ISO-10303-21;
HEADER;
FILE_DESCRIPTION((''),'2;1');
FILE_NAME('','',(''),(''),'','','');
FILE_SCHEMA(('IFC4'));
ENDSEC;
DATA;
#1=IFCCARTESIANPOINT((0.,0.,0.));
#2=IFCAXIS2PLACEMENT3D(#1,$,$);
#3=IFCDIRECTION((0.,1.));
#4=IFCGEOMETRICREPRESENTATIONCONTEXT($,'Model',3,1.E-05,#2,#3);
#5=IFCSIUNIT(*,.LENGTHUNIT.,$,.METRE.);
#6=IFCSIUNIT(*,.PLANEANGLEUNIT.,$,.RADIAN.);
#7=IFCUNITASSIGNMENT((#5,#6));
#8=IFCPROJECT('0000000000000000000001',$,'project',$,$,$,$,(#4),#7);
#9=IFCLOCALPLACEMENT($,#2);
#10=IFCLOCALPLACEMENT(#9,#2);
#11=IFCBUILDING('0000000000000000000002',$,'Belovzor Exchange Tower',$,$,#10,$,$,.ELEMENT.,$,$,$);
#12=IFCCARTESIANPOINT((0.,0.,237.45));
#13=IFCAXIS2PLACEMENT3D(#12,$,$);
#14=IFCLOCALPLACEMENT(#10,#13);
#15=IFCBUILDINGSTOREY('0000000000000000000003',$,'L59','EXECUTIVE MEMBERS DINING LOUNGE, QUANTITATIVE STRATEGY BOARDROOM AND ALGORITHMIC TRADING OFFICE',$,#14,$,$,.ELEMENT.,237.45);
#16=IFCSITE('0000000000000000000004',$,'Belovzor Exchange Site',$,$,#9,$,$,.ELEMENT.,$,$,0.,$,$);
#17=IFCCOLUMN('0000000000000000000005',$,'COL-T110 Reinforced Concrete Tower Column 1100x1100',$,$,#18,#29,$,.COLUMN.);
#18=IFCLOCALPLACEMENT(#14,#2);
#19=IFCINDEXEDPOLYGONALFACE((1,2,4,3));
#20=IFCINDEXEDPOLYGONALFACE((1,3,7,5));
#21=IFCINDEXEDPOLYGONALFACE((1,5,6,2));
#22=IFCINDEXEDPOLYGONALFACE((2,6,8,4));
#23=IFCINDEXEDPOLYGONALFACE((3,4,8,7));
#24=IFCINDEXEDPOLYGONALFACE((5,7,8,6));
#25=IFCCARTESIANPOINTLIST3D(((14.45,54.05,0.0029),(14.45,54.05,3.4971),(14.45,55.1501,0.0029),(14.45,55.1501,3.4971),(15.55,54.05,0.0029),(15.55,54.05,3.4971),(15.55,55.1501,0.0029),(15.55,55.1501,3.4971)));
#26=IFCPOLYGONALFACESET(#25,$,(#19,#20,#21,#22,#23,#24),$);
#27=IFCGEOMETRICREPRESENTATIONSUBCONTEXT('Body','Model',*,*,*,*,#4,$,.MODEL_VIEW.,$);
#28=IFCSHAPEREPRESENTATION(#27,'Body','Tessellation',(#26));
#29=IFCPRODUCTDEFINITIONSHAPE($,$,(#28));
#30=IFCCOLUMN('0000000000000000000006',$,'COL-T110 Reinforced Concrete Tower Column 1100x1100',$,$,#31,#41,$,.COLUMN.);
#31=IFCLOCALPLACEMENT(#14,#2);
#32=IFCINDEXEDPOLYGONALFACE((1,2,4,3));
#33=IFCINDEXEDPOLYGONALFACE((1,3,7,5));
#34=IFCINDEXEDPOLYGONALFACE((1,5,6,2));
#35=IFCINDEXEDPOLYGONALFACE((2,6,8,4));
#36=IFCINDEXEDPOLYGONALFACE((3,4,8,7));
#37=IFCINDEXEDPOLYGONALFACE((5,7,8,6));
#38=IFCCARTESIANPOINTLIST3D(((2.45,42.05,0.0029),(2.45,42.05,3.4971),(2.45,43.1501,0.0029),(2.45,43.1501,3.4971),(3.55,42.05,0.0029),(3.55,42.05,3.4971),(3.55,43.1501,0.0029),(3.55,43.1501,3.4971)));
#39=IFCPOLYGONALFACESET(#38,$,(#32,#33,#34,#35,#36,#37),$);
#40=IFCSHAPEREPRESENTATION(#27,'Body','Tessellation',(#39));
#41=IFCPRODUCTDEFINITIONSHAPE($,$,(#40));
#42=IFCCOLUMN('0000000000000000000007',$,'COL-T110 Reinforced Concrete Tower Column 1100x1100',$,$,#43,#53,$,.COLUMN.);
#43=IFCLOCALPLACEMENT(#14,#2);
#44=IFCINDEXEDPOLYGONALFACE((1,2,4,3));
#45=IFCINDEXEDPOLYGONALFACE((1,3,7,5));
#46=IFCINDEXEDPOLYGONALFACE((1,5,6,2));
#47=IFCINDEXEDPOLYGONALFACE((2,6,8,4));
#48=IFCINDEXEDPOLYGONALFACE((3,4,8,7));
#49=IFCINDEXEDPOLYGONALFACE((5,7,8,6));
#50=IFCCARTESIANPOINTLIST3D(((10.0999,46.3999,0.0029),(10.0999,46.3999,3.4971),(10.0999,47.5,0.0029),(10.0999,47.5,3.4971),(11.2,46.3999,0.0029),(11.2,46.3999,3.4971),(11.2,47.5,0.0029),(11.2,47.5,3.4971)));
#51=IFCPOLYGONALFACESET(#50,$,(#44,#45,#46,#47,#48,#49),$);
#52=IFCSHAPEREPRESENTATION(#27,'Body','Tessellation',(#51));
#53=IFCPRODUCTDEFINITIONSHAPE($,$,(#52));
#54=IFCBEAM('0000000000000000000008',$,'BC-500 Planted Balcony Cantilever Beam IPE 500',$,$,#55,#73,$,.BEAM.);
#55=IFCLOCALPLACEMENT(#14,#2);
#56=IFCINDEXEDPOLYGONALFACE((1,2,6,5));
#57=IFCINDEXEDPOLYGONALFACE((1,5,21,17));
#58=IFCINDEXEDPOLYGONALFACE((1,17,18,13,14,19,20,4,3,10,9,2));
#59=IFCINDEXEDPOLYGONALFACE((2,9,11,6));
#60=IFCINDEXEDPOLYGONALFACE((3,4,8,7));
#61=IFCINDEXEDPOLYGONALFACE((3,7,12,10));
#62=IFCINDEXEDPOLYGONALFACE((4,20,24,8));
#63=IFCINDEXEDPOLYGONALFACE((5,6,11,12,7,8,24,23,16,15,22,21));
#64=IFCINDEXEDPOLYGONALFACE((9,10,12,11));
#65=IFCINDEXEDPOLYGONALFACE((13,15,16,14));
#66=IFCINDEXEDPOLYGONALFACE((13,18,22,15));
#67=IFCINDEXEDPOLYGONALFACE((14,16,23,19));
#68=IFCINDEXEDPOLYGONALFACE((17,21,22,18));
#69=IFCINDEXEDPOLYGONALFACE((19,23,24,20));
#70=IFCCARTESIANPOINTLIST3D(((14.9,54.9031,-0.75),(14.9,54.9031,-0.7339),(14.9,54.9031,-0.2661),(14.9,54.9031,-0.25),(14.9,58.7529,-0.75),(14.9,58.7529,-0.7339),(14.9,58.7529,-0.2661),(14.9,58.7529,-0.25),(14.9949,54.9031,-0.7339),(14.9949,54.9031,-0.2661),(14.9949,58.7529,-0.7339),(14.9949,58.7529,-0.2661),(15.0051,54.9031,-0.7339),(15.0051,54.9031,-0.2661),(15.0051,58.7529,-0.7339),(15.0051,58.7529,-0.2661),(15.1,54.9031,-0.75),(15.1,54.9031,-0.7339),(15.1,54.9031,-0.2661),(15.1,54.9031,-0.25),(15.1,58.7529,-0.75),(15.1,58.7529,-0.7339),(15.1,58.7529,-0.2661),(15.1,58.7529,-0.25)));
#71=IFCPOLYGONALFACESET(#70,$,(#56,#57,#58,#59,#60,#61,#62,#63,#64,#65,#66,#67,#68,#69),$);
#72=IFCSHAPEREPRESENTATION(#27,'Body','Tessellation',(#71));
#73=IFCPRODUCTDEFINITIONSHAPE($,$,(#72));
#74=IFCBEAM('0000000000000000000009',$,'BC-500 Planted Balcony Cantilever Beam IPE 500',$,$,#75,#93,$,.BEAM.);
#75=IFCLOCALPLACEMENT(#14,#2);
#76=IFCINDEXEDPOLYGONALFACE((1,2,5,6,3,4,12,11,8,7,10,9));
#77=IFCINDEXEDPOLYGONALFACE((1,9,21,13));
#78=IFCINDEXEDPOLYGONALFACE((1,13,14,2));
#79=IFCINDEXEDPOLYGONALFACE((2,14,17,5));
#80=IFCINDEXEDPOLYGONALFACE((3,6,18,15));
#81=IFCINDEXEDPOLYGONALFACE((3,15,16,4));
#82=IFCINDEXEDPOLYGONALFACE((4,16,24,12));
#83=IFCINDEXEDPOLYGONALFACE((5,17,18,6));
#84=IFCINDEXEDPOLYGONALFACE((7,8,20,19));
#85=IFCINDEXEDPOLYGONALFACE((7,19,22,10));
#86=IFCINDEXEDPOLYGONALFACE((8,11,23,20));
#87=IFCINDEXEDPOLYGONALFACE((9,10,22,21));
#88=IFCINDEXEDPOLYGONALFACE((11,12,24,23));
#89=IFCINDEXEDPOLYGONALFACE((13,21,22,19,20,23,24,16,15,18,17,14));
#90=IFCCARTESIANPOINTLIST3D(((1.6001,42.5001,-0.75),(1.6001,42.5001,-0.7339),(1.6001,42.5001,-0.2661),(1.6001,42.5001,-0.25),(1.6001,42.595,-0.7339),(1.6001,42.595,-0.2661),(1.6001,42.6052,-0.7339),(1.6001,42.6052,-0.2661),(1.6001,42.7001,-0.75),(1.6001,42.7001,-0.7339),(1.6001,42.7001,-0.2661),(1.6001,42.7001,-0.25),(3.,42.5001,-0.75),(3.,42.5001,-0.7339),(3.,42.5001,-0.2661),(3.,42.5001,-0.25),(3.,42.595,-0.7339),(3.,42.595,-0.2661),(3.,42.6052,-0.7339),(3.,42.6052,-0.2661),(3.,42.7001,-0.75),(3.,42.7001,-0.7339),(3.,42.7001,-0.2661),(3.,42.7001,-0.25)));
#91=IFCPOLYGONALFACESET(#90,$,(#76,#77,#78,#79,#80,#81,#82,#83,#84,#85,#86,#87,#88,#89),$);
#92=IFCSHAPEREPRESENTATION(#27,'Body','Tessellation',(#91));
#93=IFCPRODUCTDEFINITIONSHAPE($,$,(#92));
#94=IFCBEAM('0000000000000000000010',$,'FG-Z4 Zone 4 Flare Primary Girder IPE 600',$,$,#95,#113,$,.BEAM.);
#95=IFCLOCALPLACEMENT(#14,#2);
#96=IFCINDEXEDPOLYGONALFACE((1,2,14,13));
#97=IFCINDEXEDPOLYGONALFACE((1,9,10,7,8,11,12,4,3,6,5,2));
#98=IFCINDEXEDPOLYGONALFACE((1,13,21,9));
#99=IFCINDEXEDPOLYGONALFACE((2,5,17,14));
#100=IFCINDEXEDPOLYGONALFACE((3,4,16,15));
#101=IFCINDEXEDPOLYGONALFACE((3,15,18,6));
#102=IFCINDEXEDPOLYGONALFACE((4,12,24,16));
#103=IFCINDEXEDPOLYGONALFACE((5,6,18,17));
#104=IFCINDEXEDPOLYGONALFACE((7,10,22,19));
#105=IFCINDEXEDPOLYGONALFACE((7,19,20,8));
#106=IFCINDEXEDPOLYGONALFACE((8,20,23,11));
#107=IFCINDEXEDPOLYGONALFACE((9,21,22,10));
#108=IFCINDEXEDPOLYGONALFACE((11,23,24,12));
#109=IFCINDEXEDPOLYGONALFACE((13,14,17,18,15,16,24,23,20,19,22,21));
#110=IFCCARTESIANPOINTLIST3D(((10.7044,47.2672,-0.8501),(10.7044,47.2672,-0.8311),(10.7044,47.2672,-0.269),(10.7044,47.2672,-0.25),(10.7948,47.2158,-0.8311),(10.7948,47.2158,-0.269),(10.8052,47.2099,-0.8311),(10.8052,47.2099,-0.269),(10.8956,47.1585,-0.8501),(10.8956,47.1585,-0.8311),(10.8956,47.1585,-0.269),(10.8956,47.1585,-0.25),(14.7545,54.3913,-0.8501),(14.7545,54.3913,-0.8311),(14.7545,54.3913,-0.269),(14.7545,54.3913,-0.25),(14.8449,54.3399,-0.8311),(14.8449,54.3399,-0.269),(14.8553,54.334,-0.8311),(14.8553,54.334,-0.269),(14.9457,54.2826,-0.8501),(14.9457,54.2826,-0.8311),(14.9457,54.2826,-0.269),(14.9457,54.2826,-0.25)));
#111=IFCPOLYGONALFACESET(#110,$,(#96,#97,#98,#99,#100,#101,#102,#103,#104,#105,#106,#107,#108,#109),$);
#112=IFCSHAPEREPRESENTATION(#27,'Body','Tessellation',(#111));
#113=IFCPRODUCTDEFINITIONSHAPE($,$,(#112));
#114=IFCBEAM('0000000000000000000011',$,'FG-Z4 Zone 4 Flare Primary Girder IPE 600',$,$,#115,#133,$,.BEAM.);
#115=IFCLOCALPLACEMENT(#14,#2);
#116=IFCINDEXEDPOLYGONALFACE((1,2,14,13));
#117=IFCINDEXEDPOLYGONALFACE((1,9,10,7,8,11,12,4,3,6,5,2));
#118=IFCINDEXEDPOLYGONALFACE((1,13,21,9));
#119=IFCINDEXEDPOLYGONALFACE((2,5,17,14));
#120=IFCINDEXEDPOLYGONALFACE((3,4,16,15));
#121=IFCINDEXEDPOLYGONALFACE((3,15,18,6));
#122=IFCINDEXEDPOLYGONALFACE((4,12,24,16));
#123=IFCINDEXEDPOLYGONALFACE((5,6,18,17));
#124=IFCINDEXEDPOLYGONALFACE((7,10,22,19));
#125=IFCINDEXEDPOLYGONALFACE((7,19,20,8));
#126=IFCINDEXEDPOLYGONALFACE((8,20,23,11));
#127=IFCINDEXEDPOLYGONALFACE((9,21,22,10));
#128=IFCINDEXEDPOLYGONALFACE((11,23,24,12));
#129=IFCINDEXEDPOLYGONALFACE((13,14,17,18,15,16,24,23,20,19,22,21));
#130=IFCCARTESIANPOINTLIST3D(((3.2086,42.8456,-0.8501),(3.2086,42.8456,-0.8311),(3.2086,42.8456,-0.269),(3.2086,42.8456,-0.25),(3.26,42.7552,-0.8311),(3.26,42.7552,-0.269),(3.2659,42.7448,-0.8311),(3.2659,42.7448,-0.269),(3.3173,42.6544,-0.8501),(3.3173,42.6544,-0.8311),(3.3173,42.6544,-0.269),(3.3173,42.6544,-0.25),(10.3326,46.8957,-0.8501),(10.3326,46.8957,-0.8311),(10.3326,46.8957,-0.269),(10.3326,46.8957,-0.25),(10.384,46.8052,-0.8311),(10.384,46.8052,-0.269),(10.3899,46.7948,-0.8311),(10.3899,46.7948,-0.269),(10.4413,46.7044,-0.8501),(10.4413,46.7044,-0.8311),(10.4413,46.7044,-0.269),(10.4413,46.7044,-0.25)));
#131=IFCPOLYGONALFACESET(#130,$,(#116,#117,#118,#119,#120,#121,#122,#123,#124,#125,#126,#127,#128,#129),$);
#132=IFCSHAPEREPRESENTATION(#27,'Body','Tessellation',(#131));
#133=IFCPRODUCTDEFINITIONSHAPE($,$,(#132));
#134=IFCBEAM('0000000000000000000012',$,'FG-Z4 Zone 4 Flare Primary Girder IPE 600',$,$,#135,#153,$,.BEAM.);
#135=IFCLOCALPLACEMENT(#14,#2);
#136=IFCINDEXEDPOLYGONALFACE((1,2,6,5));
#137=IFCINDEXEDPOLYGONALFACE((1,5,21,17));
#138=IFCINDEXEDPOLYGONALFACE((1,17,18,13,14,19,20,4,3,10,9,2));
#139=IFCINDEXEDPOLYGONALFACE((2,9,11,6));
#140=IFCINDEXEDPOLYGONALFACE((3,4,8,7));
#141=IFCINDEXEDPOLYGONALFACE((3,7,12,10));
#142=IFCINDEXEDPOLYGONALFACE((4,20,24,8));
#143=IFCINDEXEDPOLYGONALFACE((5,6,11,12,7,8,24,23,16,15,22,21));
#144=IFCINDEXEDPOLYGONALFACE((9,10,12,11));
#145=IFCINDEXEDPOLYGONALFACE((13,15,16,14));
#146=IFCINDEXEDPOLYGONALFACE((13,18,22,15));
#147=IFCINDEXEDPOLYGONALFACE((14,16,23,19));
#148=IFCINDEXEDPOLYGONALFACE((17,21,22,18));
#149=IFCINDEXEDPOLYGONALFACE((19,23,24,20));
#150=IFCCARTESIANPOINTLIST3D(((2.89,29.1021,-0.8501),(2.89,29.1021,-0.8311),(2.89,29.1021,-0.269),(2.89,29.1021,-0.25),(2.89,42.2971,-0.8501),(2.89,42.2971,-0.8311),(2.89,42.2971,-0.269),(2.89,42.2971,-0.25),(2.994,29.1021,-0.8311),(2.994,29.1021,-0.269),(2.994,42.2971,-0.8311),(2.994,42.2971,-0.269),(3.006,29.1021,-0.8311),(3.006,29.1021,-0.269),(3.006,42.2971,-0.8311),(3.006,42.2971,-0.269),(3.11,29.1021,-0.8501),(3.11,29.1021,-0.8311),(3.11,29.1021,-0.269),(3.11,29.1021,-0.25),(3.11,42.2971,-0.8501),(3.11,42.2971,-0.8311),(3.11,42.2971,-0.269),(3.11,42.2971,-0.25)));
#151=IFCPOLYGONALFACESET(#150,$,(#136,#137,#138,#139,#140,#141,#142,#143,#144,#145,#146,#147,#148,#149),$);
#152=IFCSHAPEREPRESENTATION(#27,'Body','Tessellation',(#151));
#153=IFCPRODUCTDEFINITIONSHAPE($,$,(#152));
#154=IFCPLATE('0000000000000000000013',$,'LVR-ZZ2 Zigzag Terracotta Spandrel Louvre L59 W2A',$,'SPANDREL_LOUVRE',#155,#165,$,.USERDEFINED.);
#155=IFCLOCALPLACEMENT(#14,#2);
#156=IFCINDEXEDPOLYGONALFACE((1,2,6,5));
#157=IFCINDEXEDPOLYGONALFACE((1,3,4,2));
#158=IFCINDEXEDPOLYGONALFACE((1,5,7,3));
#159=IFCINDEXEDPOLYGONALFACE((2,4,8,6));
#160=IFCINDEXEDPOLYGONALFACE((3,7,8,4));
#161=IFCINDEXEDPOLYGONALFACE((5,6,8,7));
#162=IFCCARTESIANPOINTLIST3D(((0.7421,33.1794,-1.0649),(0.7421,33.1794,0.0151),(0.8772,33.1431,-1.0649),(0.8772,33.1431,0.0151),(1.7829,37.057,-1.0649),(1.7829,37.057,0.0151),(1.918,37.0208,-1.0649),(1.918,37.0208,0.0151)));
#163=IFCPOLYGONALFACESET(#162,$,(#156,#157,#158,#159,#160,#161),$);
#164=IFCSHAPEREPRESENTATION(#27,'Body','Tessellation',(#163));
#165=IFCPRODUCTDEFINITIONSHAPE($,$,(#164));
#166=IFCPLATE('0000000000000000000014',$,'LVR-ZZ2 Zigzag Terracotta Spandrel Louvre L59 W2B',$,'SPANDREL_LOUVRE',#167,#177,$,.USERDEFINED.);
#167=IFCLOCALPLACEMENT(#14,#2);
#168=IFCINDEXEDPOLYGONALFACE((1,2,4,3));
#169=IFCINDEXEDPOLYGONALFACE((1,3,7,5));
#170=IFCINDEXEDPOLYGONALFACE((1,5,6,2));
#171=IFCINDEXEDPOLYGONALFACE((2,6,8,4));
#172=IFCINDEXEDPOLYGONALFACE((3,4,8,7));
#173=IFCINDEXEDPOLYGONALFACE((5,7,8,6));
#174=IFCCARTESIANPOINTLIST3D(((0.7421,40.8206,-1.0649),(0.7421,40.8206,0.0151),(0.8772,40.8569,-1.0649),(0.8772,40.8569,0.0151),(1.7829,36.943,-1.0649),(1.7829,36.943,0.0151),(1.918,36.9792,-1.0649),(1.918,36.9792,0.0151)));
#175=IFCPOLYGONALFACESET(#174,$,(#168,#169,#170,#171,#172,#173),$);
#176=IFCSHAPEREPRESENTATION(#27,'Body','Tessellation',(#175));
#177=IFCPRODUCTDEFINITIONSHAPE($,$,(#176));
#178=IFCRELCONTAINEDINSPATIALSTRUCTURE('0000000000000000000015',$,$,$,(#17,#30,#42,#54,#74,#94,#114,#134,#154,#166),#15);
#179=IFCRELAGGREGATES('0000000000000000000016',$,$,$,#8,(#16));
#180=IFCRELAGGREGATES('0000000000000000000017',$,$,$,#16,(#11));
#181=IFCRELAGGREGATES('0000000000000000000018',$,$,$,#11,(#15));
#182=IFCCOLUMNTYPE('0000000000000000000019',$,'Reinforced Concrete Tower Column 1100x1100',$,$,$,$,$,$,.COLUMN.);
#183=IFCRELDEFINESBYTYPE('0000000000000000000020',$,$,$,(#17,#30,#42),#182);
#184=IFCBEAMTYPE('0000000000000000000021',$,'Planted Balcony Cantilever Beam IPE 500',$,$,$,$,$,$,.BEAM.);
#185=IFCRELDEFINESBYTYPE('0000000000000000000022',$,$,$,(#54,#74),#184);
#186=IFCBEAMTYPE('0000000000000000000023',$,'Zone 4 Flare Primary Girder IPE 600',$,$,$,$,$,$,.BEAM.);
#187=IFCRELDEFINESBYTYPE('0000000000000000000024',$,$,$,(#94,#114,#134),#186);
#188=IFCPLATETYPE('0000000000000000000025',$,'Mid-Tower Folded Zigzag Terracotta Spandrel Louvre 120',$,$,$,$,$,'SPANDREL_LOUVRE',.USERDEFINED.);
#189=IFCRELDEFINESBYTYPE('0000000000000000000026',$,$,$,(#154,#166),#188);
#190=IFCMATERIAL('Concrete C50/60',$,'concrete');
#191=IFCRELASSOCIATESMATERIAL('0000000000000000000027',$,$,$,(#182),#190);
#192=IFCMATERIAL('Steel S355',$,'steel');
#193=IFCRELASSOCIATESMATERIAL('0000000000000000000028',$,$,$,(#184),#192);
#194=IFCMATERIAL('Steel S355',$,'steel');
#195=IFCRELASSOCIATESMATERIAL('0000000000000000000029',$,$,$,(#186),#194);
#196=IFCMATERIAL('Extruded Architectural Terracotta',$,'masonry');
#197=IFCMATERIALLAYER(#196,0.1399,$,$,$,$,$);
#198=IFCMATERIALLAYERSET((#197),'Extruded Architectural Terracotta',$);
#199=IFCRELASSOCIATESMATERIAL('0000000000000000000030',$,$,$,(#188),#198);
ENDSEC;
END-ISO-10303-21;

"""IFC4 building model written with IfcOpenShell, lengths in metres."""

from ifc_helpers import new_model, si_unit, direction, frame, origin, origin_2d, place, context, subcontext, project, spatial, rectangle, i_section, extrude, material, layer, layer_set, material_profile, profile_set, type_object, element, save


model = new_model("IFC4")

# Units and contexts
model_context = context("Model", 3, precision=1e-05, world=origin(), true_north=direction((0.0, 1.0)))
body_context = subcontext(model_context, "Body", "Model", "MODEL_VIEW")
ifc_project = project(units=[si_unit("LENGTHUNIT", "METRE"), si_unit("PLANEANGLEUNIT", "RADIAN")], contexts=[model_context])

# Site, building, storey
site_placement = place(None, origin())
site = spatial("IfcSite", under=ifc_project, at=site_placement, Name="Belovzor Exchange Site", CompositionType="ELEMENT", RefElevation=0.0)
building_placement = place(site_placement, origin())
building = spatial("IfcBuilding", under=site, at=building_placement, Name="Belovzor Exchange Tower", CompositionType="ELEMENT")
storey_placement = place(building_placement, frame((0.0, 0.0, 237.45)))
storey = spatial("IfcBuildingStorey", under=building, at=storey_placement, Name="L59", Description="EXECUTIVE MEMBERS DINING LOUNGE, QUANTITATIVE STRATEGY BOARDROOM AND ALGORITHMIC TRADING OFFICE", CompositionType="ELEMENT", Elevation=237.45)

# Columns
ifc_material_1 = material(Name="Concrete C50/60", Category="concrete")
ifc_material_profile_1 = material_profile(ifc_material_1, rectangle(XDim=1.1001, YDim=1.1001, at=origin_2d()))
ifc_profile_set_1 = profile_set([ifc_material_profile_1], Name="Concrete C50/60")
column_type = type_object("IfcColumnType", Name="Reinforced Concrete Tower Column 1100x1100", PredefinedType="COLUMN", material=ifc_profile_set_1)
for number, where, z_axis, x_axis, name in (
    (1, (15.0, 54.6001, 0.0029), (0.0, 0.0, 1.0), (1.0, 0.0, 0.0), "COL-T110 Reinforced Concrete Tower Column 1100x1100"),
    (2, (3.0, 42.6001, 0.0029), (0.0, 0.0, 1.0), (1.0, 0.0, 0.0), "COL-T110 Reinforced Concrete Tower Column 1100x1100"),
    (3, (10.6499, 46.95, 0.0029), (0.0, 0.0, 1.0), (1.0, 0.0, 0.0), "COL-T110 Reinforced Concrete Tower Column 1100x1100"),
):
    element("IfcColumn", number, at=place(storey_placement, frame(where, z_axis=z_axis, x_axis=x_axis)), inside=storey, type_object=column_type, Name=name, PredefinedType="COLUMN", context=body_context, shape_type="SweptSolid", body=[
        extrude(rectangle(XDim=1.1001, YDim=1.1001, at=origin_2d()), origin(), (0.0, 0.0, 1.0), 3.4941),
    ])

# Beams
ifc_material_2 = material(Name="Steel S355", Category="steel")
ifc_material_profile_2 = material_profile(ifc_material_2, i_section(OverallWidth=0.2, OverallDepth=0.5, WebThickness=0.0103, FlangeThickness=0.0161, at=origin_2d()))
ifc_profile_set_2 = profile_set([ifc_material_profile_2], Name="Steel S355")
beam_type_1 = type_object("IfcBeamType", Name="Planted Balcony Cantilever Beam IPE 500", PredefinedType="BEAM", material=ifc_profile_set_2)
beam_1_placement = place(storey_placement, frame((15.0, 54.9031, -0.5), z_axis=(0.0, 1.0, 0.0), x_axis=(-1.0, 0.0, 0.0)))
element("IfcBeam", 4, at=beam_1_placement, inside=storey, type_object=beam_type_1, Name="BC-500 Planted Balcony Cantilever Beam IPE 500", PredefinedType="BEAM", context=body_context, shape_type="SweptSolid", body=[
    extrude(i_section(OverallWidth=0.2, OverallDepth=0.5, WebThickness=0.0103, FlangeThickness=0.0161, at=origin_2d()), origin(), (0.0, 0.0, 1.0), 3.8499),
])
beam_2_placement = place(storey_placement, frame((3.0, 42.6001, -0.5), z_axis=(-1.0, 0.0, 0.0), x_axis=(0.0, -1.0, 0.0)))
element("IfcBeam", 5, at=beam_2_placement, inside=storey, type_object=beam_type_1, Name="BC-500 Planted Balcony Cantilever Beam IPE 500", PredefinedType="BEAM", context=body_context, shape_type="SweptSolid", body=[
    extrude(i_section(OverallWidth=0.2, OverallDepth=0.5, WebThickness=0.0103, FlangeThickness=0.0161, at=origin_2d()), origin(), (0.0, 0.0, 1.0), 1.3999),
])
ifc_material_3 = material(Name="Steel S355", Category="steel")
ifc_material_profile_3 = material_profile(ifc_material_3, i_section(OverallWidth=0.22, OverallDepth=0.6001, WebThickness=0.012, FlangeThickness=0.019, at=origin_2d()))
ifc_profile_set_3 = profile_set([ifc_material_profile_3], Name="Steel S355")
beam_type_2 = type_object("IfcBeamType", Name="Zone 4 Flare Primary Girder IPE 600", PredefinedType="BEAM", material=ifc_profile_set_3)
for number, where, z_axis, x_axis, name in (
    (6, (14.8501, 54.3369, -0.55), (-0.494222, -0.869336, 0.0), (0.869336, -0.494222, 0.0), "FG-Z4 Zone 4 Flare Primary Girder IPE 600"),
    (7, (10.387, 46.8, -0.55), (-0.869336, -0.494222, 0.0), (0.494222, -0.869336, 0.0), "FG-Z4 Zone 4 Flare Primary Girder IPE 600"),
):
    element("IfcBeam", number, at=place(storey_placement, frame(where, z_axis=z_axis, x_axis=x_axis)), inside=storey, type_object=beam_type_2, Name=name, PredefinedType="BEAM", context=body_context, shape_type="SweptSolid", body=[
        extrude(i_section(OverallWidth=0.22, OverallDepth=0.6001, WebThickness=0.012, FlangeThickness=0.019, at=origin_2d()), origin(), (0.0, 0.0, 1.0), 8.1948),
    ])
beam_3_placement = place(storey_placement, frame((3.0, 42.2971, -0.55), z_axis=(0.0, -1.0, 0.0), x_axis=(1.0, 0.0, 0.0)))
element("IfcBeam", 8, at=beam_3_placement, inside=storey, type_object=beam_type_2, Name="FG-Z4 Zone 4 Flare Primary Girder IPE 600", PredefinedType="BEAM", context=body_context, shape_type="SweptSolid", body=[
    extrude(i_section(OverallWidth=0.22, OverallDepth=0.6001, WebThickness=0.012, FlangeThickness=0.019, at=origin_2d()), origin(), (0.0, 0.0, 1.0), 13.1951),
])

# Plates
ifc_material_4 = material(Name="Extruded Architectural Terracotta", Category="masonry")
ifc_layer_1 = layer(ifc_material_4, 0.1399)
ifc_layer_set_1 = layer_set([ifc_layer_1], Name="Extruded Architectural Terracotta")
plate_type = type_object("IfcPlateType", Name="Mid-Tower Folded Zigzag Terracotta Spandrel Louvre 120", ElementType="SPANDREL_LOUVRE", PredefinedType="USERDEFINED", material=ifc_layer_set_1)
for number, where, z_axis, x_axis, name in (
    (9, (1.3301, 35.1001, -1.0649), (0.0, 0.0, 1.0), (0.25924, 0.965813, 0.0), "LVR-ZZ2 Zigzag Terracotta Spandrel Louvre L59 W2A"),
    (10, (1.3301, 38.8999, -1.0649), (0.0, 0.0, 1.0), (-0.25924, 0.965813, 0.0), "LVR-ZZ2 Zigzag Terracotta Spandrel Louvre L59 W2B"),
):
    element("IfcPlate", number, at=place(storey_placement, frame(where, z_axis=z_axis, x_axis=x_axis)), inside=storey, type_object=plate_type, Name=name, ObjectType="SPANDREL_LOUVRE", PredefinedType="USERDEFINED", context=body_context, shape_type="SweptSolid", body=[
        extrude(rectangle(XDim=4.0149, YDim=0.1399, at=origin_2d()), origin(), (0.0, 0.0, 1.0), 1.0801),
    ])

save(model, "model.ifc")
